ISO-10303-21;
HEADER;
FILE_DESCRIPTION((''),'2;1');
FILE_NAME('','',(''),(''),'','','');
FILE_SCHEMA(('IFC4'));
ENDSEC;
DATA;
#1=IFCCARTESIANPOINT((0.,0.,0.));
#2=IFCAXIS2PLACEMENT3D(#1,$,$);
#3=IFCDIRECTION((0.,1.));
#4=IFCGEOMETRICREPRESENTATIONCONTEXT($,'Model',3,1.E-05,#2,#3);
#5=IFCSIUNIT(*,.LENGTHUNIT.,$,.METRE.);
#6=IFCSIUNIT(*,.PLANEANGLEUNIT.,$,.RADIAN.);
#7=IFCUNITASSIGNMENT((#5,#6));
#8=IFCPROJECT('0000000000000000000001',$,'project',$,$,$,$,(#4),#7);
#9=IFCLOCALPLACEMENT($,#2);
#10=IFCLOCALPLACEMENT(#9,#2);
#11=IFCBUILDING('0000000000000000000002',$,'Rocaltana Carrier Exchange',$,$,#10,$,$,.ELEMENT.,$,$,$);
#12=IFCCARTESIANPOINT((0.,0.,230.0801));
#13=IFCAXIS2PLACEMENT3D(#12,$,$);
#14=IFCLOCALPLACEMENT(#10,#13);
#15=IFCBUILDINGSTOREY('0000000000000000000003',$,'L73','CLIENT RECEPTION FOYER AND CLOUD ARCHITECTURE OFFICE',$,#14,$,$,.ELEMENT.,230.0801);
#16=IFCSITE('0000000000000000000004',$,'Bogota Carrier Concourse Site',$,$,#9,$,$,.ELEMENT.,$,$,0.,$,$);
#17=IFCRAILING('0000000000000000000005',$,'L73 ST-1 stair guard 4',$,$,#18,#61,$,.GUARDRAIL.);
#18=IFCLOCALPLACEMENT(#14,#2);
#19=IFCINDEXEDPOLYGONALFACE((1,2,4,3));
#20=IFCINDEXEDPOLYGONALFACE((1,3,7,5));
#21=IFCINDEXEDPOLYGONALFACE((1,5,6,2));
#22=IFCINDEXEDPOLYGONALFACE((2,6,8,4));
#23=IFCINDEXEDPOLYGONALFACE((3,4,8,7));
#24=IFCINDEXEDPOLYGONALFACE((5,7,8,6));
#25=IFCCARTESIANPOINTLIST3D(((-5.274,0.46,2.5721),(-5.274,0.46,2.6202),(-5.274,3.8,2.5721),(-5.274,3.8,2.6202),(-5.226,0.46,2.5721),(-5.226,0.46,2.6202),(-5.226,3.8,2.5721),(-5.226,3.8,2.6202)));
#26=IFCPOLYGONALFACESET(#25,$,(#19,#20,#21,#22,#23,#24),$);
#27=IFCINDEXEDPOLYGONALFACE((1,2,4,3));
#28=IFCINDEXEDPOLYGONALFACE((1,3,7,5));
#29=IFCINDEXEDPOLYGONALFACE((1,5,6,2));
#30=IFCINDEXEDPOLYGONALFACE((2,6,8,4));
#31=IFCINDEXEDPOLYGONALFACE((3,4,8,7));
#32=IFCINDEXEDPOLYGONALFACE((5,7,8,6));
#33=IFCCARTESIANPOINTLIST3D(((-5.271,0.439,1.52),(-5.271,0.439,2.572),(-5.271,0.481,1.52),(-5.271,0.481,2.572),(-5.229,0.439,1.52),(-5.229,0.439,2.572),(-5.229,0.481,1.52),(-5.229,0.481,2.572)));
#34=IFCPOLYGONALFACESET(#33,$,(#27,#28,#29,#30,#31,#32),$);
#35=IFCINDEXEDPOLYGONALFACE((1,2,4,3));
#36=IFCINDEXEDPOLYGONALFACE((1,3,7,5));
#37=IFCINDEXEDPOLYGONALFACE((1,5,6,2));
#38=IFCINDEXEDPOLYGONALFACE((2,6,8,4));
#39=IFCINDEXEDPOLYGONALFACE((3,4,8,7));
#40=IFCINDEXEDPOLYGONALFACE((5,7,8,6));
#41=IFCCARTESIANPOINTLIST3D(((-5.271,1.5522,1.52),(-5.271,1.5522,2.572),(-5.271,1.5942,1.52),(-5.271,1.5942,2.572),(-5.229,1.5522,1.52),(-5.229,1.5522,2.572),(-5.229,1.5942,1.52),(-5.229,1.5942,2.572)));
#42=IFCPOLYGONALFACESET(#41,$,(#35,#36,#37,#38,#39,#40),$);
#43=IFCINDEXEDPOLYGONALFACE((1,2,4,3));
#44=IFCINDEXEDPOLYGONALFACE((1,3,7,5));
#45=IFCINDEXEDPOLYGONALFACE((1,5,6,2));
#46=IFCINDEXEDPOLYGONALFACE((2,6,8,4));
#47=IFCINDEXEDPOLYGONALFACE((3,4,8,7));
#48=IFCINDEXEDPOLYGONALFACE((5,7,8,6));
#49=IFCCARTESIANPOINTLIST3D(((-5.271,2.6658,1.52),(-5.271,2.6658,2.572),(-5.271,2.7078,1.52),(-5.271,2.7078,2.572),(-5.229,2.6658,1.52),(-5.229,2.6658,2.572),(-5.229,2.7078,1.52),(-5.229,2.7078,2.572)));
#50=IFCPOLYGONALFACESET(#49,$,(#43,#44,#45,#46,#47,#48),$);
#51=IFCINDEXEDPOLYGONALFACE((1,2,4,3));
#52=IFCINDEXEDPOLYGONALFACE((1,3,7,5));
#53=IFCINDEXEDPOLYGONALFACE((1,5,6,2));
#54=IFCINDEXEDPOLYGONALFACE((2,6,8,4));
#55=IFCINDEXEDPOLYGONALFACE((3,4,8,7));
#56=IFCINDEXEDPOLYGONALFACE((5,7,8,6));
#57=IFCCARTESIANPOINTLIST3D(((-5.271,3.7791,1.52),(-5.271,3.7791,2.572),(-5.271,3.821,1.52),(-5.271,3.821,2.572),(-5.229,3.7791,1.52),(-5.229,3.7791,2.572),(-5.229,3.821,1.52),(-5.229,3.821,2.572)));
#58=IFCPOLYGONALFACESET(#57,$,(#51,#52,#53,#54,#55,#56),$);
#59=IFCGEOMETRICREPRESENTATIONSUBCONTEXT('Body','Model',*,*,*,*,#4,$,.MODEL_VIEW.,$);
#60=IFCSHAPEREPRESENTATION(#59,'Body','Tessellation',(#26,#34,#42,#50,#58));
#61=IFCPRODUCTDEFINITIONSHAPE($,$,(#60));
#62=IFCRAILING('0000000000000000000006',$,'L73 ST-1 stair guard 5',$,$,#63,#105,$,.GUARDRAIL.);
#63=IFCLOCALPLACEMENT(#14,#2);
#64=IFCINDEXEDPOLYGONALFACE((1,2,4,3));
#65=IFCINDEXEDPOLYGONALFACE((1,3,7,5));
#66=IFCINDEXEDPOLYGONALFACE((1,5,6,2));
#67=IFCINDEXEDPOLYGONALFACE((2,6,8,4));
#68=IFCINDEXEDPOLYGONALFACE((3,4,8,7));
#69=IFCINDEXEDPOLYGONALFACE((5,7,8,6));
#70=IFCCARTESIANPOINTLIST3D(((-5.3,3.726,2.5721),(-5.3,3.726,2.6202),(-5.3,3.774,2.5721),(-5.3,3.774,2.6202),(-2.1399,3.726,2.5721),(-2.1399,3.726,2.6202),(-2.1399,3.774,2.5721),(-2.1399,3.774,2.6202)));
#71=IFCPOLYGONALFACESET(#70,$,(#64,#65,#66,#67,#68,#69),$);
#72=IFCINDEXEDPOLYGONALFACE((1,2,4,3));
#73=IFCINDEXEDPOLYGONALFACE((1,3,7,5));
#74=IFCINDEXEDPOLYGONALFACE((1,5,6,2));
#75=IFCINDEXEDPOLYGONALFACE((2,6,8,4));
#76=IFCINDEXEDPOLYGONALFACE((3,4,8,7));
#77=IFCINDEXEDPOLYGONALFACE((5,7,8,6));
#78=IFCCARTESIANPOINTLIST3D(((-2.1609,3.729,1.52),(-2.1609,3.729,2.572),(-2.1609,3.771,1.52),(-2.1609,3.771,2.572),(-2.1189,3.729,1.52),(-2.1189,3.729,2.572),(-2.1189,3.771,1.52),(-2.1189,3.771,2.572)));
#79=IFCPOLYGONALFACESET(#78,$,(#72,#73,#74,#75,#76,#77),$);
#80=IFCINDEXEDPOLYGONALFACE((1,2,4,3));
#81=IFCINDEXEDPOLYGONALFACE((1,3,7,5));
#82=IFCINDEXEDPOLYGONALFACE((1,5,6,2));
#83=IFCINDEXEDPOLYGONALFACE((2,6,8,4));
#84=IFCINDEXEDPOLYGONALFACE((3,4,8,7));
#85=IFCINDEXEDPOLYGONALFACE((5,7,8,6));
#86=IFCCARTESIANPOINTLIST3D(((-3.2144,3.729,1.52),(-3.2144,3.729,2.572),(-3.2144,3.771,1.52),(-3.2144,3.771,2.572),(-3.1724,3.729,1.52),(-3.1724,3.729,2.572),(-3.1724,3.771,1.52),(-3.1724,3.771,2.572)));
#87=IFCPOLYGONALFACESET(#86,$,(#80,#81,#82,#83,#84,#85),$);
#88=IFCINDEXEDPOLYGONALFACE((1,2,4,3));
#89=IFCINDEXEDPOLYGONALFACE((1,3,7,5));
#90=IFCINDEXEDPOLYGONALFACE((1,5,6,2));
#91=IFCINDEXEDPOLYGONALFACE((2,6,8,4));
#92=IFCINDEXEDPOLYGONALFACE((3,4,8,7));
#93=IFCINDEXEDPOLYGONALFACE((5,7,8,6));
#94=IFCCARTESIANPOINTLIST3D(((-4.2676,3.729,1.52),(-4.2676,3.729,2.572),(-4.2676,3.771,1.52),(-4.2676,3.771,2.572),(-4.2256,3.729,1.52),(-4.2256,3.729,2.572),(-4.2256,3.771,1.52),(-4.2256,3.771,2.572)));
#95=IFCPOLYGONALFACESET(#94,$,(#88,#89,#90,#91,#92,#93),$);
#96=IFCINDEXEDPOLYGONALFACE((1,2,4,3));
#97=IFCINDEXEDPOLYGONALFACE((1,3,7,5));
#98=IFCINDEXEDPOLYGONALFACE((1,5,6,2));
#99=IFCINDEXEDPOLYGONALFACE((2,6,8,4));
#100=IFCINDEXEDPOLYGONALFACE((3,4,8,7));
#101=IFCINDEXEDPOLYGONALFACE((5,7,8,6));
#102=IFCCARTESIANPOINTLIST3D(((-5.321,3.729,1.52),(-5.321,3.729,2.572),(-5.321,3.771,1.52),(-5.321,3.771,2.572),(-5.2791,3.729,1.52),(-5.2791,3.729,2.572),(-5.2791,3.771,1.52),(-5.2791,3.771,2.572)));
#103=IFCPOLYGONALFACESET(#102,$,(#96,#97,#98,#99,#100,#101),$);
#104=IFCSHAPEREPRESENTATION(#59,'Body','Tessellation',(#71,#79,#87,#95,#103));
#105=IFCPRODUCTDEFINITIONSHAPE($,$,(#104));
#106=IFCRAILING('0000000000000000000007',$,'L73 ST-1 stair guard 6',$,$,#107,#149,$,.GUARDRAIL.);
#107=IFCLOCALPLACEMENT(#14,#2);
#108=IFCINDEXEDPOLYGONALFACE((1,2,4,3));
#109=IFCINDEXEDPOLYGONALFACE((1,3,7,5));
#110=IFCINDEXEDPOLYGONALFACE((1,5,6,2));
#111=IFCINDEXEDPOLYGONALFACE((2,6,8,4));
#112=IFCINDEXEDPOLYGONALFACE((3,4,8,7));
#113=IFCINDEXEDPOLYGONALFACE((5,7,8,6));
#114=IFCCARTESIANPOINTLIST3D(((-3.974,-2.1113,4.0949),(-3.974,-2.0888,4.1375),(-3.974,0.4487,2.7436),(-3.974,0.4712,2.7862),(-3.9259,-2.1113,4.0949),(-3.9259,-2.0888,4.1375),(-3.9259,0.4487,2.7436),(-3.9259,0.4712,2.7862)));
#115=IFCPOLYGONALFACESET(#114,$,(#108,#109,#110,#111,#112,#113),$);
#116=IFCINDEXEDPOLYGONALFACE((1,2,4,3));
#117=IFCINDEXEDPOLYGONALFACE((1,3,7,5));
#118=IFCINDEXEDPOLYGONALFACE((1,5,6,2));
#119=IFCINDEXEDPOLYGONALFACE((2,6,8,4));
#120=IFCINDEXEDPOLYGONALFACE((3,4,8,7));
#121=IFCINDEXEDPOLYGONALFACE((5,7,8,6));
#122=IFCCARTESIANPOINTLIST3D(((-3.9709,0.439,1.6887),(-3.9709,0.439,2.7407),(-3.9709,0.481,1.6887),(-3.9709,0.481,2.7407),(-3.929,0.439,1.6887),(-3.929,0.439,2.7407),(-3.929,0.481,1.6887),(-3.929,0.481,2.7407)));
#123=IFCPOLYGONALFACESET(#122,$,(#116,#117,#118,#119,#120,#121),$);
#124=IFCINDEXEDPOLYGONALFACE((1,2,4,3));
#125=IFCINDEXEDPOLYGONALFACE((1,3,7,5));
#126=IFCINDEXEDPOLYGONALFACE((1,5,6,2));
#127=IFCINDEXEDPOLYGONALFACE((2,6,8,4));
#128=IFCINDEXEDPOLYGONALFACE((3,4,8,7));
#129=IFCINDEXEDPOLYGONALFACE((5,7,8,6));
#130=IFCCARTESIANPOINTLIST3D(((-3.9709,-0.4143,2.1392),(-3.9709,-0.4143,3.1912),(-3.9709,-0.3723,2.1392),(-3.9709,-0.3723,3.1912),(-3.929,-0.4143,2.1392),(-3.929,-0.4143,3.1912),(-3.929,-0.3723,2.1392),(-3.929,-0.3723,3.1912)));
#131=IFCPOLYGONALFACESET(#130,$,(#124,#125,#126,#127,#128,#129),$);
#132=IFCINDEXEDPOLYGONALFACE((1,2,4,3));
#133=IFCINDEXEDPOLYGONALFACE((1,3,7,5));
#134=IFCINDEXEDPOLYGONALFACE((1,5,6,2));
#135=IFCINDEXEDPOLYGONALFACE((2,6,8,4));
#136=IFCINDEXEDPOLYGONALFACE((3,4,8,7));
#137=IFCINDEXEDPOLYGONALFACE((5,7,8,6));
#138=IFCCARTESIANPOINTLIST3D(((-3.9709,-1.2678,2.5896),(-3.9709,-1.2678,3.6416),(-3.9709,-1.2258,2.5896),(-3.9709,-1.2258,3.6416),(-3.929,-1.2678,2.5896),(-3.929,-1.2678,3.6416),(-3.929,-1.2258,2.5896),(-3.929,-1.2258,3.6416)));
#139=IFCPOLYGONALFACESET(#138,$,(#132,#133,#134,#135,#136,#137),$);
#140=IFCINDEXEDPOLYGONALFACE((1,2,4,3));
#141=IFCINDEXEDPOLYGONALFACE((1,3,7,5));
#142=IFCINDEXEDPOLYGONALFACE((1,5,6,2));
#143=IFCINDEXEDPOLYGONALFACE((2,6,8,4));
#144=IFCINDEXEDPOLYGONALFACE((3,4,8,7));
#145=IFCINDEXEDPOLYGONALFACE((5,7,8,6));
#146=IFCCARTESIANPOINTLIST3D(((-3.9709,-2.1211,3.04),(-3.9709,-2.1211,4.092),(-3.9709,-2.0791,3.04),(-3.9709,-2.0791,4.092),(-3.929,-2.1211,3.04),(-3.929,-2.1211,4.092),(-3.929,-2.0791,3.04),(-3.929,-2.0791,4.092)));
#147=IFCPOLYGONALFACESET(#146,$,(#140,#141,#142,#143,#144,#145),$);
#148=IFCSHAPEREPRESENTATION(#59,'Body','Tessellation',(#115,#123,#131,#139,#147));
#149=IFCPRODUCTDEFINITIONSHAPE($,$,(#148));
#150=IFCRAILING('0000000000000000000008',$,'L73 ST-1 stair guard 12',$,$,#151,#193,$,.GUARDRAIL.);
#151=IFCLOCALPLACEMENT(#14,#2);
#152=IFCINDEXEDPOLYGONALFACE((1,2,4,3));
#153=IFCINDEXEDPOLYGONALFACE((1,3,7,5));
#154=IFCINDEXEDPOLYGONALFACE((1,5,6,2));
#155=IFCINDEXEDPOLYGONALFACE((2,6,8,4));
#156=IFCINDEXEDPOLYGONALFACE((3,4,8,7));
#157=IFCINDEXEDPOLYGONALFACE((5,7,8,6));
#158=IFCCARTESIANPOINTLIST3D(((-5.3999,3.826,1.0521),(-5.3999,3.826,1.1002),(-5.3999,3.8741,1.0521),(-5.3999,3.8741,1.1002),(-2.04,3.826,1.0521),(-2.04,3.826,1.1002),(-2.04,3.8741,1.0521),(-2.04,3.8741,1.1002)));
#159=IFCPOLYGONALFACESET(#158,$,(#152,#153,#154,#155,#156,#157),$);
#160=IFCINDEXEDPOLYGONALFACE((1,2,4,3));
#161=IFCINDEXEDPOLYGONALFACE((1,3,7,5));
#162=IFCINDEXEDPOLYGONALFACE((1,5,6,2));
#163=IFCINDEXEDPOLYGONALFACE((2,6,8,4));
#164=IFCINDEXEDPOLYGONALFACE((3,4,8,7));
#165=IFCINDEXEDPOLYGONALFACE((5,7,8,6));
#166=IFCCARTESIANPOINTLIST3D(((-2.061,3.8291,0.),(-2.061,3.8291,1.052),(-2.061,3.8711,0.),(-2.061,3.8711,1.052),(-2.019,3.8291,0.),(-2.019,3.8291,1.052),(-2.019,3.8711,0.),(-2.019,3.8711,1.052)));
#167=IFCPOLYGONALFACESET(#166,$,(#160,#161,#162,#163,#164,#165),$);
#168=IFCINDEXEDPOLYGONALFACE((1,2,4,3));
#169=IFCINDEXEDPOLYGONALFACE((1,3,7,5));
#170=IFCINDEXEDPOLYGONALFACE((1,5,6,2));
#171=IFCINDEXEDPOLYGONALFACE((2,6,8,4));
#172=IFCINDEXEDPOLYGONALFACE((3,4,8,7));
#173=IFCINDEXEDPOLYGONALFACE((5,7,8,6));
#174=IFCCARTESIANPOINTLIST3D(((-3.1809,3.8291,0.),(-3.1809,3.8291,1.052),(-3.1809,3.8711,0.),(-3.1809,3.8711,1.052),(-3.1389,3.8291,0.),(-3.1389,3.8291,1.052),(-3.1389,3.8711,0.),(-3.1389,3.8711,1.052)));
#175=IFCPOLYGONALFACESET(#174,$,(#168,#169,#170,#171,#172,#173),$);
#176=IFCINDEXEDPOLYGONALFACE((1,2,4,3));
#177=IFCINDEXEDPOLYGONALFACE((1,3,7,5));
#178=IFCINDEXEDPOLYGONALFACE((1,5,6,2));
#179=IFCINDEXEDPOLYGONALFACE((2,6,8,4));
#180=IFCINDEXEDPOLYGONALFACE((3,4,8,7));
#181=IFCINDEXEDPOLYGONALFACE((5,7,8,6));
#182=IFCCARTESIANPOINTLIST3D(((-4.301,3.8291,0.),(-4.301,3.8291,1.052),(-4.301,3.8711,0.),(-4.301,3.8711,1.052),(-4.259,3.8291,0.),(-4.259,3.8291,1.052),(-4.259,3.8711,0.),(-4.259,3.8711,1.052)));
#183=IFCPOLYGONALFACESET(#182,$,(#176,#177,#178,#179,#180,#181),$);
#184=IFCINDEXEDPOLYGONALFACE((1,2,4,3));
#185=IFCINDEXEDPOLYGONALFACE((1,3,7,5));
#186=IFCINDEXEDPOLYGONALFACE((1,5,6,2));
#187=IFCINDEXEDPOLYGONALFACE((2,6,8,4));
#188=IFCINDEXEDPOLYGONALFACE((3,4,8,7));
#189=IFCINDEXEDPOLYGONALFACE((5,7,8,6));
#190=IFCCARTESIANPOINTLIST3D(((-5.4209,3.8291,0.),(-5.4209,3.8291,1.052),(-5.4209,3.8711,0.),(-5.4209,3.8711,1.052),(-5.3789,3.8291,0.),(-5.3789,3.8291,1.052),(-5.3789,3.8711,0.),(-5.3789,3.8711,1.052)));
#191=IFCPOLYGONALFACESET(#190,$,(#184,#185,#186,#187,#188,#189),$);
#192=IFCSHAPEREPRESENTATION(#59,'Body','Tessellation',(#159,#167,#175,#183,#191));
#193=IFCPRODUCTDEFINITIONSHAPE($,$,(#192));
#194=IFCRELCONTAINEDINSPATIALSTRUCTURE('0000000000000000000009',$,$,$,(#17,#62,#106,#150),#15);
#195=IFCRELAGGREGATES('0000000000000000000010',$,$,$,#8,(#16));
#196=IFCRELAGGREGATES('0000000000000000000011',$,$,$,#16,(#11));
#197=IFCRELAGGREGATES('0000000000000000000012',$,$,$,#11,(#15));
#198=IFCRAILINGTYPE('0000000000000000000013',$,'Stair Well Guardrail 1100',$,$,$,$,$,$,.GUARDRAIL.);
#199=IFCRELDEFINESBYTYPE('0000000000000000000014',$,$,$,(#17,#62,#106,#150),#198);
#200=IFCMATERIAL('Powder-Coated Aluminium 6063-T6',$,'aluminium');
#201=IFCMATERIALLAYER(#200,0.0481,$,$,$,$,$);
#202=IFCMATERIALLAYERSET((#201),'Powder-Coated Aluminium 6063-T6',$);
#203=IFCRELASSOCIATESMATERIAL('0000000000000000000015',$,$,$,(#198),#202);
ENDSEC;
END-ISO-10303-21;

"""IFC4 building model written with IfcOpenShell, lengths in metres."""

from ifc_helpers import new_model, si_unit, direction, frame, origin, origin_2d, place, context, subcontext, project, spatial, rectangle, extrude, material, layer, layer_set, type_object, element, save


model = new_model("IFC4")

# Units and contexts
model_context = context("Model", 3, precision=1e-05, world=origin(), true_north=direction((0.0, 1.0)))
body_context = subcontext(model_context, "Body", "Model", "MODEL_VIEW")
ifc_project = project(units=[si_unit("LENGTHUNIT", "METRE"), si_unit("PLANEANGLEUNIT", "RADIAN")], contexts=[model_context])

# Site, building, storey
site_placement = place(None, origin())
site = spatial("IfcSite", under=ifc_project, at=site_placement, Name="Bogota Carrier Concourse Site", CompositionType="ELEMENT", RefElevation=0.0)
building_placement = place(site_placement, origin())
building = spatial("IfcBuilding", under=site, at=building_placement, Name="Rocaltana Carrier Exchange", CompositionType="ELEMENT")
storey_placement = place(building_placement, frame((0.0, 0.0, 230.0801)))
storey = spatial("IfcBuildingStorey", under=building, at=storey_placement, Name="L73", Description="CLIENT RECEPTION FOYER AND CLOUD ARCHITECTURE OFFICE", CompositionType="ELEMENT", Elevation=230.0801)

# Railings
ifc_material_1 = material(Name="Powder-Coated Aluminium 6063-T6", Category="aluminium")
ifc_layer_1 = layer(ifc_material_1, 0.0481)
ifc_layer_set_1 = layer_set([ifc_layer_1], Name="Powder-Coated Aluminium 6063-T6")
railing_type_1 = type_object("IfcRailingType", Name="Stair Well Guardrail 1100", PredefinedType="GUARDRAIL", material=ifc_layer_set_1)
for number, where, name in (
    (1, (-5.25, 0.46, 1.52), "L73 ST-1 stair guard 4"),
):
    element("IfcRailing", number, at=place(storey_placement, frame(where)), inside=storey, type_object=railing_type_1, Name=name, PredefinedType="GUARDRAIL", context=body_context, shape_type="SweptSolid", body=[
        extrude(rectangle(XDim=0.0481, YDim=0.0481, at=origin_2d()), frame((0.0, 0.0, 1.0762), z_axis=(0.0, 1.0, 0.0), x_axis=(-1.0, 0.0, 0.0)), (0.0, 0.0, 1.0), 3.3401),
        extrude(rectangle(XDim=0.042, YDim=0.042, at=origin_2d()), origin(), (0.0, 0.0, 1.0), 1.052),
        extrude(rectangle(XDim=0.042, YDim=0.042, at=origin_2d()), frame((0.0, 1.1133, 0.0)), (0.0, 0.0, 1.0), 1.052),
        extrude(rectangle(XDim=0.042, YDim=0.042, at=origin_2d()), frame((0.0, 2.2268, 0.0)), (0.0, 0.0, 1.0), 1.052),
        extrude(rectangle(XDim=0.042, YDim=0.042, at=origin_2d()), frame((0.0, 3.3401, 0.0)), (0.0, 0.0, 1.0), 1.052),
    ])
railing_1_placement = place(storey_placement, frame((-2.1399, 3.75, 1.52)))
element("IfcRailing", 2, at=railing_1_placement, inside=storey, type_object=railing_type_1, Name="L73 ST-1 stair guard 5", PredefinedType="GUARDRAIL", context=body_context, shape_type="SweptSolid", body=[
    extrude(rectangle(XDim=0.0481, YDim=0.0481, at=origin_2d()), frame((0.0, 0.0, 1.0762), z_axis=(-1.0, 0.0, 0.0), x_axis=(0.0, -1.0, 0.0)), (0.0, 0.0, 1.0), 3.1602),
    extrude(rectangle(XDim=0.042, YDim=0.042, at=origin_2d()), origin(), (0.0, 0.0, 1.0), 1.052),
    extrude(rectangle(XDim=0.042, YDim=0.042, at=origin_2d()), frame((-1.0535, 0.0, 0.0)), (0.0, 0.0, 1.0), 1.052),
    extrude(rectangle(XDim=0.042, YDim=0.042, at=origin_2d()), frame((-2.1067, 0.0, 0.0)), (0.0, 0.0, 1.0), 1.052),
    extrude(rectangle(XDim=0.042, YDim=0.042, at=origin_2d()), frame((-3.1602, 0.0, 0.0)), (0.0, 0.0, 1.0), 1.052),
])
railing_2_placement = place(storey_placement, frame((-3.95, 0.46, 1.6887)))
element("IfcRailing", 3, at=railing_2_placement, inside=storey, type_object=railing_type_1, Name="L73 ST-1 stair guard 6", PredefinedType="GUARDRAIL", context=body_context, shape_type="SweptSolid", body=[
    extrude(rectangle(XDim=0.0481, YDim=0.0481, at=origin_2d()), frame((0.0, 0.0, 1.0762), z_axis=(0.0, -0.88436, 0.466806), x_axis=(1.0, 0.0, 0.0)), (0.0, 0.0, 1.0), 2.8948),
    extrude(rectangle(XDim=0.042, YDim=0.042, at=origin_2d()), origin(), (0.0, 0.0, 1.0), 1.052),
    extrude(rectangle(XDim=0.042, YDim=0.042, at=origin_2d()), frame((0.0, -0.8533, 0.4504)), (0.0, 0.0, 1.0), 1.052),
    extrude(rectangle(XDim=0.042, YDim=0.042, at=origin_2d()), frame((0.0, -1.7068, 0.9009)), (0.0, 0.0, 1.0), 1.052),
    extrude(rectangle(XDim=0.042, YDim=0.042, at=origin_2d()), frame((0.0, -2.5601, 1.3513)), (0.0, 0.0, 1.0), 1.052),
])
railing_3_placement = place(storey_placement, frame((-2.04, 3.8501, 0.0)))
element("IfcRailing", 4, at=railing_3_placement, inside=storey, type_object=railing_type_1, Name="L73 ST-1 stair guard 12", PredefinedType="GUARDRAIL", context=body_context, shape_type="SweptSolid", body=[
    extrude(rectangle(XDim=0.0481, YDim=0.0481, at=origin_2d()), frame((0.0, 0.0, 1.0762), z_axis=(-1.0, 0.0, 0.0), x_axis=(0.0, -1.0, 0.0)), (0.0, 0.0, 1.0), 3.3599),
    extrude(rectangle(XDim=0.042, YDim=0.042, at=origin_2d()), origin(), (0.0, 0.0, 1.0), 1.052),
    extrude(rectangle(XDim=0.042, YDim=0.042, at=origin_2d()), frame((-1.1199, 0.0, 0.0)), (0.0, 0.0, 1.0), 1.052),
    extrude(rectangle(XDim=0.042, YDim=0.042, at=origin_2d()), frame((-2.24, 0.0, 0.0)), (0.0, 0.0, 1.0), 1.052),
    extrude(rectangle(XDim=0.042, YDim=0.042, at=origin_2d()), frame((-3.3599, 0.0, 0.0)), (0.0, 0.0, 1.0), 1.052),
])

save(model, "model.ifc")
